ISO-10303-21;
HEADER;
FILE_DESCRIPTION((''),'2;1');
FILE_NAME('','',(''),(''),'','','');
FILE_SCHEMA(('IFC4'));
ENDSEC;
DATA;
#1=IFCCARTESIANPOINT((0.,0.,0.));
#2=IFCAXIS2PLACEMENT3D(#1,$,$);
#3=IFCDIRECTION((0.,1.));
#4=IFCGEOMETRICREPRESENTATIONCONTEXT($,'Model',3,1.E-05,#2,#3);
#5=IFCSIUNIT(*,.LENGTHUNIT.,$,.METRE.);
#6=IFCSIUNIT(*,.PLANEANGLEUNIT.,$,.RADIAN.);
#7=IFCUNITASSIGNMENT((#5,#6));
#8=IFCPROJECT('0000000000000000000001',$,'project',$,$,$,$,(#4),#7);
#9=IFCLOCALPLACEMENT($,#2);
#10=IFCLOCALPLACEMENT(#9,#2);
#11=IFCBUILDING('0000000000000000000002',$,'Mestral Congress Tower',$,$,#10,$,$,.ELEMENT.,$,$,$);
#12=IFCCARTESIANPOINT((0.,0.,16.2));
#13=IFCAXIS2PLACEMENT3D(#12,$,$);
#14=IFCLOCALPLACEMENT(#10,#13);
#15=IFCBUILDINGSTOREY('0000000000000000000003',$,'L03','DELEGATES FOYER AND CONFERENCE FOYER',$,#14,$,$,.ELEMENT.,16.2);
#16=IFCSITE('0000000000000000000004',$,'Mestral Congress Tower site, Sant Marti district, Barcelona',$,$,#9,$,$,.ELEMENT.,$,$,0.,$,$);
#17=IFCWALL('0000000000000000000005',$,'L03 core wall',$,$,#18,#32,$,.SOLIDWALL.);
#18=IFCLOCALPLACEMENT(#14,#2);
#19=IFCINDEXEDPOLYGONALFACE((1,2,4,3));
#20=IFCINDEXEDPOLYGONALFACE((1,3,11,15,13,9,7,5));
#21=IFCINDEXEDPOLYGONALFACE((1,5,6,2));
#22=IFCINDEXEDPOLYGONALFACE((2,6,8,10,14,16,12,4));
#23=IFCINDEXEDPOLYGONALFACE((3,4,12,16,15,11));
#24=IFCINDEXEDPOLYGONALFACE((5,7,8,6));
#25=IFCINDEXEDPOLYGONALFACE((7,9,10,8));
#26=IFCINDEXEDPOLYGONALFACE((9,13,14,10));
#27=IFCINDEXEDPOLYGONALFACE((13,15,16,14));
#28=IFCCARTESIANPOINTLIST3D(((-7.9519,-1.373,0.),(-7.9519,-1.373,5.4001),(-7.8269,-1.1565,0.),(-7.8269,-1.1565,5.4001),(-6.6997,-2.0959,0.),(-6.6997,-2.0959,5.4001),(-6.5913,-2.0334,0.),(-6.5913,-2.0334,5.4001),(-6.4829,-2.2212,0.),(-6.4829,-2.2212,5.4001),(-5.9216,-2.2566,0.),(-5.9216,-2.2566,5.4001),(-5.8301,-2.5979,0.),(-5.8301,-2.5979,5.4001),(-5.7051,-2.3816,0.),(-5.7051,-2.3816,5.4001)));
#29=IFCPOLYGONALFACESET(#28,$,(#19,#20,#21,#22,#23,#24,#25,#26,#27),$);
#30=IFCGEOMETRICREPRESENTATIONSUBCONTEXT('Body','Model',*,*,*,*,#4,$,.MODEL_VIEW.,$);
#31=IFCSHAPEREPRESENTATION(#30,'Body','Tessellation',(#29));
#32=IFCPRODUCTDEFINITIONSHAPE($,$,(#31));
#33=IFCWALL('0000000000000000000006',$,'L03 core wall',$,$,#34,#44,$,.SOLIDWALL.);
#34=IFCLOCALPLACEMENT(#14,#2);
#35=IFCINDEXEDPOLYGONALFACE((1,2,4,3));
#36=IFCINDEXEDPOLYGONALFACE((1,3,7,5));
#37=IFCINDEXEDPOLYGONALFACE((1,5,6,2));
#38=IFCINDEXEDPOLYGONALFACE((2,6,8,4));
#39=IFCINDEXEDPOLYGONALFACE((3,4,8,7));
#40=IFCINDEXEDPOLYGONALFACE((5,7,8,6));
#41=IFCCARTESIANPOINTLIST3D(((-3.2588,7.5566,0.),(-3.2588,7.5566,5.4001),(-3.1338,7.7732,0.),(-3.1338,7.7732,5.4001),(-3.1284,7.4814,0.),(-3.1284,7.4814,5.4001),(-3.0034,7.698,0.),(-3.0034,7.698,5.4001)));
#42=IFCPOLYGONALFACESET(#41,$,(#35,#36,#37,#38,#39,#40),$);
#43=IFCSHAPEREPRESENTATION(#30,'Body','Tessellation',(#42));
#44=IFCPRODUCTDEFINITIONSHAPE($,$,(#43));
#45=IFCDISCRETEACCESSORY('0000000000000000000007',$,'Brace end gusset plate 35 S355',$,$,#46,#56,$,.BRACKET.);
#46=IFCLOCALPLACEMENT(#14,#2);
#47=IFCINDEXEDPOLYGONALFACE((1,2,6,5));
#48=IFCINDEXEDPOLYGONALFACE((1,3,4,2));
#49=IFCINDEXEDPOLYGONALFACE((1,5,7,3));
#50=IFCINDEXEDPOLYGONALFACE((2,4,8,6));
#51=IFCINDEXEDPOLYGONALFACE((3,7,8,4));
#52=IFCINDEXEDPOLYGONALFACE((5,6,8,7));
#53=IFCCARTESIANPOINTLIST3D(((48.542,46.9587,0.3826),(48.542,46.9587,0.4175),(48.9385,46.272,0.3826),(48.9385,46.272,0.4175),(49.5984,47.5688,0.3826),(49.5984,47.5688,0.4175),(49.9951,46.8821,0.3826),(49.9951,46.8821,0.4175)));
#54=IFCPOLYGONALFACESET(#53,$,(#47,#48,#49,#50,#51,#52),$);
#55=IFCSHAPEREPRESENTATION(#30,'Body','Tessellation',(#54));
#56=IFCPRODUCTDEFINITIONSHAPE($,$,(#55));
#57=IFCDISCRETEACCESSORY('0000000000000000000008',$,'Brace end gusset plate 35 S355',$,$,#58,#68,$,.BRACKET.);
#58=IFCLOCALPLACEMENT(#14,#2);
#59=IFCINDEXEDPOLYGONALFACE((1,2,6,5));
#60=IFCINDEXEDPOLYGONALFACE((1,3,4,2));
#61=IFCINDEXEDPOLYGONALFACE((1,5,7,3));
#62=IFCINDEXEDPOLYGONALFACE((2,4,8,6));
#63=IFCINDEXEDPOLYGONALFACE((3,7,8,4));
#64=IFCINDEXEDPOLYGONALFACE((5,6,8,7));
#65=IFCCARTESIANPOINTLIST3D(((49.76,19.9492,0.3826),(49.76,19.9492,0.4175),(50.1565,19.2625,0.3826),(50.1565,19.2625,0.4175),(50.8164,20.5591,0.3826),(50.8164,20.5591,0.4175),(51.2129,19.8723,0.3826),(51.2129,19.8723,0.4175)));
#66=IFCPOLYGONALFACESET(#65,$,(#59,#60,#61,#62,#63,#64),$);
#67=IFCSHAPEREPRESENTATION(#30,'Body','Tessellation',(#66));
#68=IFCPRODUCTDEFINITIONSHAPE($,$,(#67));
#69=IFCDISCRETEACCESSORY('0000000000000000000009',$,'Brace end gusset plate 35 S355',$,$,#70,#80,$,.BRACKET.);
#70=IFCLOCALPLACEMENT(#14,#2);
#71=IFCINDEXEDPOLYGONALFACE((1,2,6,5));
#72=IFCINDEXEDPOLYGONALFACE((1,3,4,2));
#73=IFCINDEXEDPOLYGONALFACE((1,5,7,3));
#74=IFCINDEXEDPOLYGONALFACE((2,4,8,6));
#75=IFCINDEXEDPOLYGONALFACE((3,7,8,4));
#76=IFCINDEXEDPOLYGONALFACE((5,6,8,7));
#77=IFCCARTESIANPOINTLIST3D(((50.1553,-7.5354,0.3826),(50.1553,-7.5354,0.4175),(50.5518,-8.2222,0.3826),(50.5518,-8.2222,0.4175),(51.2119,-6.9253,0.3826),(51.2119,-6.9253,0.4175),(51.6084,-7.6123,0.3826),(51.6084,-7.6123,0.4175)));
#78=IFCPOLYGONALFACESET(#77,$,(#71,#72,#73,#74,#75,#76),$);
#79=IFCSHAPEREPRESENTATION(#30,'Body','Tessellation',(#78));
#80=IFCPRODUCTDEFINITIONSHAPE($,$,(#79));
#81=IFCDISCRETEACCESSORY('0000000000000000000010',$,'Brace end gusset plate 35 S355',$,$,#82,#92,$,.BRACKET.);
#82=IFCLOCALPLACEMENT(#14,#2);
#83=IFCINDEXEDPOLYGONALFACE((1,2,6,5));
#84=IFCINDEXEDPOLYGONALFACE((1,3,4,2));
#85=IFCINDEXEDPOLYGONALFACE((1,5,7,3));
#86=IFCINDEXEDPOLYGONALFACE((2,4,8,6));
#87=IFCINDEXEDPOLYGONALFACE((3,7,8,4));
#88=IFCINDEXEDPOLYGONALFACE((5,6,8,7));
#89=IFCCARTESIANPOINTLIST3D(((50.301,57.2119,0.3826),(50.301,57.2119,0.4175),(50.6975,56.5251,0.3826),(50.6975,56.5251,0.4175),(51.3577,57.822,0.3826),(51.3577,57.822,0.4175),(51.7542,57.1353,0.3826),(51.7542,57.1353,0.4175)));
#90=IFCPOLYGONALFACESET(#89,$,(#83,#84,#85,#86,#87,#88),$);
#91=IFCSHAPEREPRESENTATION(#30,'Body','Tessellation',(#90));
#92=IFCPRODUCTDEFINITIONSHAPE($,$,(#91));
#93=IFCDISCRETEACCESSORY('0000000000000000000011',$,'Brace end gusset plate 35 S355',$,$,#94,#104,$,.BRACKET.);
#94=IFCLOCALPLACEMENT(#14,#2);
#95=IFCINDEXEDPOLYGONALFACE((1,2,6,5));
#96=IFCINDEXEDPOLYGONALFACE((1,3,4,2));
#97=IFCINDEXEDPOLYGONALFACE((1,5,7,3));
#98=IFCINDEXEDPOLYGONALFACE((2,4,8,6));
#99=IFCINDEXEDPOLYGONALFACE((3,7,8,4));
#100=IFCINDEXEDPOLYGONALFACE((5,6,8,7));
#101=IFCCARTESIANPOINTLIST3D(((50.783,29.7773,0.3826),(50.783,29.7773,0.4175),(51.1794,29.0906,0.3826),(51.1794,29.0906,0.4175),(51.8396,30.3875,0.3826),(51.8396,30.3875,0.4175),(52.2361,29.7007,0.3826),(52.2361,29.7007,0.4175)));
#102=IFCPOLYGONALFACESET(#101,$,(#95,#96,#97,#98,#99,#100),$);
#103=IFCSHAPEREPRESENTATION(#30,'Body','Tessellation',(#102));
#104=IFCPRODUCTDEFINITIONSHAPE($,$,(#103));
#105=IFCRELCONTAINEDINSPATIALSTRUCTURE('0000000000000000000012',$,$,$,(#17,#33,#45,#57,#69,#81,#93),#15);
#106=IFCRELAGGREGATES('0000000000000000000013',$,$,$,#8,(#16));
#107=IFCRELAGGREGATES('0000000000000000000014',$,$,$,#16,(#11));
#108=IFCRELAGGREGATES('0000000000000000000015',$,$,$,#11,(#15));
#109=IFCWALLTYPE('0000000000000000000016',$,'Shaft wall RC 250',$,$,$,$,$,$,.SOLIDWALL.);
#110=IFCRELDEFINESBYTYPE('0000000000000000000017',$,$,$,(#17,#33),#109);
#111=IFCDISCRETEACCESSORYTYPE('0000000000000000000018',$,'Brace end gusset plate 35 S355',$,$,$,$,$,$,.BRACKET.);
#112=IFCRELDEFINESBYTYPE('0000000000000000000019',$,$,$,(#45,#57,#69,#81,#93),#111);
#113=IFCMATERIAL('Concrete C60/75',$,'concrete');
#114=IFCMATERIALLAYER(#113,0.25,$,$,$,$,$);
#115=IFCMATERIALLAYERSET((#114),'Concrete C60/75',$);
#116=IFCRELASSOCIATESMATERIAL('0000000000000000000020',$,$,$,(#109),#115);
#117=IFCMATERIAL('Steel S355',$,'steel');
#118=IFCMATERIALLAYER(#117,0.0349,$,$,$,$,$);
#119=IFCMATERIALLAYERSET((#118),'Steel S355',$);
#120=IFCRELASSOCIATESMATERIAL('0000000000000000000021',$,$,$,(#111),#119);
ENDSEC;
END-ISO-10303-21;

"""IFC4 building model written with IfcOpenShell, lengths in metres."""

from ifc_helpers import new_model, si_unit, direction, frame, origin, place, context, subcontext, project, spatial, polyline, outline, extrude, material, layer, layer_set, type_object, element, save


model = new_model("IFC4")

# Units and contexts
model_context = context("Model", 3, precision=1e-05, world=origin(), true_north=direction((0.0, 1.0)))
body_context = subcontext(model_context, "Body", "Model", "MODEL_VIEW")
ifc_project = project(units=[si_unit("LENGTHUNIT", "METRE"), si_unit("PLANEANGLEUNIT", "RADIAN")], contexts=[model_context])

# Site, building, storey
site_placement = place(None, origin())
site = spatial("IfcSite", under=ifc_project, at=site_placement, Name="Mestral Congress Tower site, Sant Marti district, Barcelona", CompositionType="ELEMENT", RefElevation=0.0)
building_placement = place(site_placement, origin())
building = spatial("IfcBuilding", under=site, at=building_placement, Name="Mestral Congress Tower", CompositionType="ELEMENT")
storey_placement = place(building_placement, frame((0.0, 0.0, 16.2)))
storey = spatial("IfcBuildingStorey", under=building, at=storey_placement, Name="L03", Description="DELEGATES FOYER AND CONFERENCE FOYER", CompositionType="ELEMENT", Elevation=16.2)

# Shared definitions
ifc_material_1 = material(Name="Concrete C60/75", Category="concrete")

# Walls
placement_1 = place(storey_placement, origin())
ifc_layer_1 = layer(ifc_material_1, 0.25)
ifc_layer_set_1 = layer_set([ifc_layer_1], Name="Concrete C60/75")
wall_type_1 = type_object("IfcWallType", Name="Shaft wall RC 250", PredefinedType="SOLIDWALL", material=ifc_layer_set_1)
element("IfcWall", 1, at=placement_1, inside=storey, type_object=wall_type_1, Name="L03 core wall", PredefinedType="SOLIDWALL", context=body_context, shape_type="SweptSolid", body=[
    extrude(outline(polyline([(-5.9216, -2.2566), (-5.9216, -2.2566), (-5.7051, -2.3816), (-5.8301, -2.5979), (-6.4829, -2.2212), (-6.5913, -2.0334), (-6.5913, -2.0334), (-6.6997, -2.0959), (-7.9519, -1.373), (-7.8269, -1.1565), (-5.9216, -2.2566)])), origin(), (0.0, 0.0, 1.0), 5.4001),
])
element("IfcWall", 2, at=placement_1, inside=storey, type_object=wall_type_1, Name="L03 core wall", PredefinedType="SOLIDWALL", context=body_context, shape_type="SweptSolid", body=[
    extrude(outline(polyline([(-3.1284, 7.4814), (-3.2588, 7.5566), (-3.1338, 7.7732), (-3.0034, 7.698), (-3.1284, 7.4814)])), origin(), (0.0, 0.0, 1.0), 5.4001),
])

# Discrete accessories
ifc_material_2 = material(Name="Steel S355", Category="steel")
ifc_layer_2 = layer(ifc_material_2, 0.0349)
ifc_layer_set_2 = layer_set([ifc_layer_2], Name="Steel S355")
discrete_accessory_type = type_object("IfcDiscreteAccessoryType", Name="Brace end gusset plate 35 S355", PredefinedType="BRACKET", material=ifc_layer_set_2)
placement_2 = place(storey_placement, frame((0.0, 0.0, 0.3826)))
element("IfcDiscreteAccessory", 3, at=placement_2, inside=storey, type_object=discrete_accessory_type, Name="Brace end gusset plate 35 S355", PredefinedType="BRACKET", context=body_context, shape_type="SweptSolid", body=[
    extrude(outline(polyline([(49.5984, 47.5688), (48.542, 46.9587), (48.9385, 46.272), (49.9951, 46.8821), (49.5984, 47.5688)])), origin(), (0.0, 0.0, 1.0), 0.0349),
])
element("IfcDiscreteAccessory", 4, at=placement_2, inside=storey, type_object=discrete_accessory_type, Name="Brace end gusset plate 35 S355", PredefinedType="BRACKET", context=body_context, shape_type="SweptSolid", body=[
    extrude(outline(polyline([(50.1565, 19.2625), (51.2129, 19.8723), (50.8164, 20.5591), (49.76, 19.9492), (50.1565, 19.2625)])), origin(), (0.0, 0.0, 1.0), 0.0349),
])
element("IfcDiscreteAccessory", 5, at=placement_2, inside=storey, type_object=discrete_accessory_type, Name="Brace end gusset plate 35 S355", PredefinedType="BRACKET", context=body_context, shape_type="SweptSolid", body=[
    extrude(outline(polyline([(51.2119, -6.9253), (50.1553, -7.5354), (50.5518, -8.2222), (51.6084, -7.6123), (51.2119, -6.9253)])), origin(), (0.0, 0.0, 1.0), 0.0349),
])
element("IfcDiscreteAccessory", 6, at=placement_2, inside=storey, type_object=discrete_accessory_type, Name="Brace end gusset plate 35 S355", PredefinedType="BRACKET", context=body_context, shape_type="SweptSolid", body=[
    extrude(outline(polyline([(51.3577, 57.822), (50.301, 57.2119), (50.6975, 56.5251), (51.7542, 57.1353), (51.3577, 57.822)])), origin(), (0.0, 0.0, 1.0), 0.0349),
])
element("IfcDiscreteAccessory", 7, at=placement_2, inside=storey, type_object=discrete_accessory_type, Name="Brace end gusset plate 35 S355", PredefinedType="BRACKET", context=body_context, shape_type="SweptSolid", body=[
    extrude(outline(polyline([(51.8396, 30.3875), (50.783, 29.7773), (51.1794, 29.0906), (52.2361, 29.7007), (51.8396, 30.3875)])), origin(), (0.0, 0.0, 1.0), 0.0349),
])

save(model, "model.ifc")
